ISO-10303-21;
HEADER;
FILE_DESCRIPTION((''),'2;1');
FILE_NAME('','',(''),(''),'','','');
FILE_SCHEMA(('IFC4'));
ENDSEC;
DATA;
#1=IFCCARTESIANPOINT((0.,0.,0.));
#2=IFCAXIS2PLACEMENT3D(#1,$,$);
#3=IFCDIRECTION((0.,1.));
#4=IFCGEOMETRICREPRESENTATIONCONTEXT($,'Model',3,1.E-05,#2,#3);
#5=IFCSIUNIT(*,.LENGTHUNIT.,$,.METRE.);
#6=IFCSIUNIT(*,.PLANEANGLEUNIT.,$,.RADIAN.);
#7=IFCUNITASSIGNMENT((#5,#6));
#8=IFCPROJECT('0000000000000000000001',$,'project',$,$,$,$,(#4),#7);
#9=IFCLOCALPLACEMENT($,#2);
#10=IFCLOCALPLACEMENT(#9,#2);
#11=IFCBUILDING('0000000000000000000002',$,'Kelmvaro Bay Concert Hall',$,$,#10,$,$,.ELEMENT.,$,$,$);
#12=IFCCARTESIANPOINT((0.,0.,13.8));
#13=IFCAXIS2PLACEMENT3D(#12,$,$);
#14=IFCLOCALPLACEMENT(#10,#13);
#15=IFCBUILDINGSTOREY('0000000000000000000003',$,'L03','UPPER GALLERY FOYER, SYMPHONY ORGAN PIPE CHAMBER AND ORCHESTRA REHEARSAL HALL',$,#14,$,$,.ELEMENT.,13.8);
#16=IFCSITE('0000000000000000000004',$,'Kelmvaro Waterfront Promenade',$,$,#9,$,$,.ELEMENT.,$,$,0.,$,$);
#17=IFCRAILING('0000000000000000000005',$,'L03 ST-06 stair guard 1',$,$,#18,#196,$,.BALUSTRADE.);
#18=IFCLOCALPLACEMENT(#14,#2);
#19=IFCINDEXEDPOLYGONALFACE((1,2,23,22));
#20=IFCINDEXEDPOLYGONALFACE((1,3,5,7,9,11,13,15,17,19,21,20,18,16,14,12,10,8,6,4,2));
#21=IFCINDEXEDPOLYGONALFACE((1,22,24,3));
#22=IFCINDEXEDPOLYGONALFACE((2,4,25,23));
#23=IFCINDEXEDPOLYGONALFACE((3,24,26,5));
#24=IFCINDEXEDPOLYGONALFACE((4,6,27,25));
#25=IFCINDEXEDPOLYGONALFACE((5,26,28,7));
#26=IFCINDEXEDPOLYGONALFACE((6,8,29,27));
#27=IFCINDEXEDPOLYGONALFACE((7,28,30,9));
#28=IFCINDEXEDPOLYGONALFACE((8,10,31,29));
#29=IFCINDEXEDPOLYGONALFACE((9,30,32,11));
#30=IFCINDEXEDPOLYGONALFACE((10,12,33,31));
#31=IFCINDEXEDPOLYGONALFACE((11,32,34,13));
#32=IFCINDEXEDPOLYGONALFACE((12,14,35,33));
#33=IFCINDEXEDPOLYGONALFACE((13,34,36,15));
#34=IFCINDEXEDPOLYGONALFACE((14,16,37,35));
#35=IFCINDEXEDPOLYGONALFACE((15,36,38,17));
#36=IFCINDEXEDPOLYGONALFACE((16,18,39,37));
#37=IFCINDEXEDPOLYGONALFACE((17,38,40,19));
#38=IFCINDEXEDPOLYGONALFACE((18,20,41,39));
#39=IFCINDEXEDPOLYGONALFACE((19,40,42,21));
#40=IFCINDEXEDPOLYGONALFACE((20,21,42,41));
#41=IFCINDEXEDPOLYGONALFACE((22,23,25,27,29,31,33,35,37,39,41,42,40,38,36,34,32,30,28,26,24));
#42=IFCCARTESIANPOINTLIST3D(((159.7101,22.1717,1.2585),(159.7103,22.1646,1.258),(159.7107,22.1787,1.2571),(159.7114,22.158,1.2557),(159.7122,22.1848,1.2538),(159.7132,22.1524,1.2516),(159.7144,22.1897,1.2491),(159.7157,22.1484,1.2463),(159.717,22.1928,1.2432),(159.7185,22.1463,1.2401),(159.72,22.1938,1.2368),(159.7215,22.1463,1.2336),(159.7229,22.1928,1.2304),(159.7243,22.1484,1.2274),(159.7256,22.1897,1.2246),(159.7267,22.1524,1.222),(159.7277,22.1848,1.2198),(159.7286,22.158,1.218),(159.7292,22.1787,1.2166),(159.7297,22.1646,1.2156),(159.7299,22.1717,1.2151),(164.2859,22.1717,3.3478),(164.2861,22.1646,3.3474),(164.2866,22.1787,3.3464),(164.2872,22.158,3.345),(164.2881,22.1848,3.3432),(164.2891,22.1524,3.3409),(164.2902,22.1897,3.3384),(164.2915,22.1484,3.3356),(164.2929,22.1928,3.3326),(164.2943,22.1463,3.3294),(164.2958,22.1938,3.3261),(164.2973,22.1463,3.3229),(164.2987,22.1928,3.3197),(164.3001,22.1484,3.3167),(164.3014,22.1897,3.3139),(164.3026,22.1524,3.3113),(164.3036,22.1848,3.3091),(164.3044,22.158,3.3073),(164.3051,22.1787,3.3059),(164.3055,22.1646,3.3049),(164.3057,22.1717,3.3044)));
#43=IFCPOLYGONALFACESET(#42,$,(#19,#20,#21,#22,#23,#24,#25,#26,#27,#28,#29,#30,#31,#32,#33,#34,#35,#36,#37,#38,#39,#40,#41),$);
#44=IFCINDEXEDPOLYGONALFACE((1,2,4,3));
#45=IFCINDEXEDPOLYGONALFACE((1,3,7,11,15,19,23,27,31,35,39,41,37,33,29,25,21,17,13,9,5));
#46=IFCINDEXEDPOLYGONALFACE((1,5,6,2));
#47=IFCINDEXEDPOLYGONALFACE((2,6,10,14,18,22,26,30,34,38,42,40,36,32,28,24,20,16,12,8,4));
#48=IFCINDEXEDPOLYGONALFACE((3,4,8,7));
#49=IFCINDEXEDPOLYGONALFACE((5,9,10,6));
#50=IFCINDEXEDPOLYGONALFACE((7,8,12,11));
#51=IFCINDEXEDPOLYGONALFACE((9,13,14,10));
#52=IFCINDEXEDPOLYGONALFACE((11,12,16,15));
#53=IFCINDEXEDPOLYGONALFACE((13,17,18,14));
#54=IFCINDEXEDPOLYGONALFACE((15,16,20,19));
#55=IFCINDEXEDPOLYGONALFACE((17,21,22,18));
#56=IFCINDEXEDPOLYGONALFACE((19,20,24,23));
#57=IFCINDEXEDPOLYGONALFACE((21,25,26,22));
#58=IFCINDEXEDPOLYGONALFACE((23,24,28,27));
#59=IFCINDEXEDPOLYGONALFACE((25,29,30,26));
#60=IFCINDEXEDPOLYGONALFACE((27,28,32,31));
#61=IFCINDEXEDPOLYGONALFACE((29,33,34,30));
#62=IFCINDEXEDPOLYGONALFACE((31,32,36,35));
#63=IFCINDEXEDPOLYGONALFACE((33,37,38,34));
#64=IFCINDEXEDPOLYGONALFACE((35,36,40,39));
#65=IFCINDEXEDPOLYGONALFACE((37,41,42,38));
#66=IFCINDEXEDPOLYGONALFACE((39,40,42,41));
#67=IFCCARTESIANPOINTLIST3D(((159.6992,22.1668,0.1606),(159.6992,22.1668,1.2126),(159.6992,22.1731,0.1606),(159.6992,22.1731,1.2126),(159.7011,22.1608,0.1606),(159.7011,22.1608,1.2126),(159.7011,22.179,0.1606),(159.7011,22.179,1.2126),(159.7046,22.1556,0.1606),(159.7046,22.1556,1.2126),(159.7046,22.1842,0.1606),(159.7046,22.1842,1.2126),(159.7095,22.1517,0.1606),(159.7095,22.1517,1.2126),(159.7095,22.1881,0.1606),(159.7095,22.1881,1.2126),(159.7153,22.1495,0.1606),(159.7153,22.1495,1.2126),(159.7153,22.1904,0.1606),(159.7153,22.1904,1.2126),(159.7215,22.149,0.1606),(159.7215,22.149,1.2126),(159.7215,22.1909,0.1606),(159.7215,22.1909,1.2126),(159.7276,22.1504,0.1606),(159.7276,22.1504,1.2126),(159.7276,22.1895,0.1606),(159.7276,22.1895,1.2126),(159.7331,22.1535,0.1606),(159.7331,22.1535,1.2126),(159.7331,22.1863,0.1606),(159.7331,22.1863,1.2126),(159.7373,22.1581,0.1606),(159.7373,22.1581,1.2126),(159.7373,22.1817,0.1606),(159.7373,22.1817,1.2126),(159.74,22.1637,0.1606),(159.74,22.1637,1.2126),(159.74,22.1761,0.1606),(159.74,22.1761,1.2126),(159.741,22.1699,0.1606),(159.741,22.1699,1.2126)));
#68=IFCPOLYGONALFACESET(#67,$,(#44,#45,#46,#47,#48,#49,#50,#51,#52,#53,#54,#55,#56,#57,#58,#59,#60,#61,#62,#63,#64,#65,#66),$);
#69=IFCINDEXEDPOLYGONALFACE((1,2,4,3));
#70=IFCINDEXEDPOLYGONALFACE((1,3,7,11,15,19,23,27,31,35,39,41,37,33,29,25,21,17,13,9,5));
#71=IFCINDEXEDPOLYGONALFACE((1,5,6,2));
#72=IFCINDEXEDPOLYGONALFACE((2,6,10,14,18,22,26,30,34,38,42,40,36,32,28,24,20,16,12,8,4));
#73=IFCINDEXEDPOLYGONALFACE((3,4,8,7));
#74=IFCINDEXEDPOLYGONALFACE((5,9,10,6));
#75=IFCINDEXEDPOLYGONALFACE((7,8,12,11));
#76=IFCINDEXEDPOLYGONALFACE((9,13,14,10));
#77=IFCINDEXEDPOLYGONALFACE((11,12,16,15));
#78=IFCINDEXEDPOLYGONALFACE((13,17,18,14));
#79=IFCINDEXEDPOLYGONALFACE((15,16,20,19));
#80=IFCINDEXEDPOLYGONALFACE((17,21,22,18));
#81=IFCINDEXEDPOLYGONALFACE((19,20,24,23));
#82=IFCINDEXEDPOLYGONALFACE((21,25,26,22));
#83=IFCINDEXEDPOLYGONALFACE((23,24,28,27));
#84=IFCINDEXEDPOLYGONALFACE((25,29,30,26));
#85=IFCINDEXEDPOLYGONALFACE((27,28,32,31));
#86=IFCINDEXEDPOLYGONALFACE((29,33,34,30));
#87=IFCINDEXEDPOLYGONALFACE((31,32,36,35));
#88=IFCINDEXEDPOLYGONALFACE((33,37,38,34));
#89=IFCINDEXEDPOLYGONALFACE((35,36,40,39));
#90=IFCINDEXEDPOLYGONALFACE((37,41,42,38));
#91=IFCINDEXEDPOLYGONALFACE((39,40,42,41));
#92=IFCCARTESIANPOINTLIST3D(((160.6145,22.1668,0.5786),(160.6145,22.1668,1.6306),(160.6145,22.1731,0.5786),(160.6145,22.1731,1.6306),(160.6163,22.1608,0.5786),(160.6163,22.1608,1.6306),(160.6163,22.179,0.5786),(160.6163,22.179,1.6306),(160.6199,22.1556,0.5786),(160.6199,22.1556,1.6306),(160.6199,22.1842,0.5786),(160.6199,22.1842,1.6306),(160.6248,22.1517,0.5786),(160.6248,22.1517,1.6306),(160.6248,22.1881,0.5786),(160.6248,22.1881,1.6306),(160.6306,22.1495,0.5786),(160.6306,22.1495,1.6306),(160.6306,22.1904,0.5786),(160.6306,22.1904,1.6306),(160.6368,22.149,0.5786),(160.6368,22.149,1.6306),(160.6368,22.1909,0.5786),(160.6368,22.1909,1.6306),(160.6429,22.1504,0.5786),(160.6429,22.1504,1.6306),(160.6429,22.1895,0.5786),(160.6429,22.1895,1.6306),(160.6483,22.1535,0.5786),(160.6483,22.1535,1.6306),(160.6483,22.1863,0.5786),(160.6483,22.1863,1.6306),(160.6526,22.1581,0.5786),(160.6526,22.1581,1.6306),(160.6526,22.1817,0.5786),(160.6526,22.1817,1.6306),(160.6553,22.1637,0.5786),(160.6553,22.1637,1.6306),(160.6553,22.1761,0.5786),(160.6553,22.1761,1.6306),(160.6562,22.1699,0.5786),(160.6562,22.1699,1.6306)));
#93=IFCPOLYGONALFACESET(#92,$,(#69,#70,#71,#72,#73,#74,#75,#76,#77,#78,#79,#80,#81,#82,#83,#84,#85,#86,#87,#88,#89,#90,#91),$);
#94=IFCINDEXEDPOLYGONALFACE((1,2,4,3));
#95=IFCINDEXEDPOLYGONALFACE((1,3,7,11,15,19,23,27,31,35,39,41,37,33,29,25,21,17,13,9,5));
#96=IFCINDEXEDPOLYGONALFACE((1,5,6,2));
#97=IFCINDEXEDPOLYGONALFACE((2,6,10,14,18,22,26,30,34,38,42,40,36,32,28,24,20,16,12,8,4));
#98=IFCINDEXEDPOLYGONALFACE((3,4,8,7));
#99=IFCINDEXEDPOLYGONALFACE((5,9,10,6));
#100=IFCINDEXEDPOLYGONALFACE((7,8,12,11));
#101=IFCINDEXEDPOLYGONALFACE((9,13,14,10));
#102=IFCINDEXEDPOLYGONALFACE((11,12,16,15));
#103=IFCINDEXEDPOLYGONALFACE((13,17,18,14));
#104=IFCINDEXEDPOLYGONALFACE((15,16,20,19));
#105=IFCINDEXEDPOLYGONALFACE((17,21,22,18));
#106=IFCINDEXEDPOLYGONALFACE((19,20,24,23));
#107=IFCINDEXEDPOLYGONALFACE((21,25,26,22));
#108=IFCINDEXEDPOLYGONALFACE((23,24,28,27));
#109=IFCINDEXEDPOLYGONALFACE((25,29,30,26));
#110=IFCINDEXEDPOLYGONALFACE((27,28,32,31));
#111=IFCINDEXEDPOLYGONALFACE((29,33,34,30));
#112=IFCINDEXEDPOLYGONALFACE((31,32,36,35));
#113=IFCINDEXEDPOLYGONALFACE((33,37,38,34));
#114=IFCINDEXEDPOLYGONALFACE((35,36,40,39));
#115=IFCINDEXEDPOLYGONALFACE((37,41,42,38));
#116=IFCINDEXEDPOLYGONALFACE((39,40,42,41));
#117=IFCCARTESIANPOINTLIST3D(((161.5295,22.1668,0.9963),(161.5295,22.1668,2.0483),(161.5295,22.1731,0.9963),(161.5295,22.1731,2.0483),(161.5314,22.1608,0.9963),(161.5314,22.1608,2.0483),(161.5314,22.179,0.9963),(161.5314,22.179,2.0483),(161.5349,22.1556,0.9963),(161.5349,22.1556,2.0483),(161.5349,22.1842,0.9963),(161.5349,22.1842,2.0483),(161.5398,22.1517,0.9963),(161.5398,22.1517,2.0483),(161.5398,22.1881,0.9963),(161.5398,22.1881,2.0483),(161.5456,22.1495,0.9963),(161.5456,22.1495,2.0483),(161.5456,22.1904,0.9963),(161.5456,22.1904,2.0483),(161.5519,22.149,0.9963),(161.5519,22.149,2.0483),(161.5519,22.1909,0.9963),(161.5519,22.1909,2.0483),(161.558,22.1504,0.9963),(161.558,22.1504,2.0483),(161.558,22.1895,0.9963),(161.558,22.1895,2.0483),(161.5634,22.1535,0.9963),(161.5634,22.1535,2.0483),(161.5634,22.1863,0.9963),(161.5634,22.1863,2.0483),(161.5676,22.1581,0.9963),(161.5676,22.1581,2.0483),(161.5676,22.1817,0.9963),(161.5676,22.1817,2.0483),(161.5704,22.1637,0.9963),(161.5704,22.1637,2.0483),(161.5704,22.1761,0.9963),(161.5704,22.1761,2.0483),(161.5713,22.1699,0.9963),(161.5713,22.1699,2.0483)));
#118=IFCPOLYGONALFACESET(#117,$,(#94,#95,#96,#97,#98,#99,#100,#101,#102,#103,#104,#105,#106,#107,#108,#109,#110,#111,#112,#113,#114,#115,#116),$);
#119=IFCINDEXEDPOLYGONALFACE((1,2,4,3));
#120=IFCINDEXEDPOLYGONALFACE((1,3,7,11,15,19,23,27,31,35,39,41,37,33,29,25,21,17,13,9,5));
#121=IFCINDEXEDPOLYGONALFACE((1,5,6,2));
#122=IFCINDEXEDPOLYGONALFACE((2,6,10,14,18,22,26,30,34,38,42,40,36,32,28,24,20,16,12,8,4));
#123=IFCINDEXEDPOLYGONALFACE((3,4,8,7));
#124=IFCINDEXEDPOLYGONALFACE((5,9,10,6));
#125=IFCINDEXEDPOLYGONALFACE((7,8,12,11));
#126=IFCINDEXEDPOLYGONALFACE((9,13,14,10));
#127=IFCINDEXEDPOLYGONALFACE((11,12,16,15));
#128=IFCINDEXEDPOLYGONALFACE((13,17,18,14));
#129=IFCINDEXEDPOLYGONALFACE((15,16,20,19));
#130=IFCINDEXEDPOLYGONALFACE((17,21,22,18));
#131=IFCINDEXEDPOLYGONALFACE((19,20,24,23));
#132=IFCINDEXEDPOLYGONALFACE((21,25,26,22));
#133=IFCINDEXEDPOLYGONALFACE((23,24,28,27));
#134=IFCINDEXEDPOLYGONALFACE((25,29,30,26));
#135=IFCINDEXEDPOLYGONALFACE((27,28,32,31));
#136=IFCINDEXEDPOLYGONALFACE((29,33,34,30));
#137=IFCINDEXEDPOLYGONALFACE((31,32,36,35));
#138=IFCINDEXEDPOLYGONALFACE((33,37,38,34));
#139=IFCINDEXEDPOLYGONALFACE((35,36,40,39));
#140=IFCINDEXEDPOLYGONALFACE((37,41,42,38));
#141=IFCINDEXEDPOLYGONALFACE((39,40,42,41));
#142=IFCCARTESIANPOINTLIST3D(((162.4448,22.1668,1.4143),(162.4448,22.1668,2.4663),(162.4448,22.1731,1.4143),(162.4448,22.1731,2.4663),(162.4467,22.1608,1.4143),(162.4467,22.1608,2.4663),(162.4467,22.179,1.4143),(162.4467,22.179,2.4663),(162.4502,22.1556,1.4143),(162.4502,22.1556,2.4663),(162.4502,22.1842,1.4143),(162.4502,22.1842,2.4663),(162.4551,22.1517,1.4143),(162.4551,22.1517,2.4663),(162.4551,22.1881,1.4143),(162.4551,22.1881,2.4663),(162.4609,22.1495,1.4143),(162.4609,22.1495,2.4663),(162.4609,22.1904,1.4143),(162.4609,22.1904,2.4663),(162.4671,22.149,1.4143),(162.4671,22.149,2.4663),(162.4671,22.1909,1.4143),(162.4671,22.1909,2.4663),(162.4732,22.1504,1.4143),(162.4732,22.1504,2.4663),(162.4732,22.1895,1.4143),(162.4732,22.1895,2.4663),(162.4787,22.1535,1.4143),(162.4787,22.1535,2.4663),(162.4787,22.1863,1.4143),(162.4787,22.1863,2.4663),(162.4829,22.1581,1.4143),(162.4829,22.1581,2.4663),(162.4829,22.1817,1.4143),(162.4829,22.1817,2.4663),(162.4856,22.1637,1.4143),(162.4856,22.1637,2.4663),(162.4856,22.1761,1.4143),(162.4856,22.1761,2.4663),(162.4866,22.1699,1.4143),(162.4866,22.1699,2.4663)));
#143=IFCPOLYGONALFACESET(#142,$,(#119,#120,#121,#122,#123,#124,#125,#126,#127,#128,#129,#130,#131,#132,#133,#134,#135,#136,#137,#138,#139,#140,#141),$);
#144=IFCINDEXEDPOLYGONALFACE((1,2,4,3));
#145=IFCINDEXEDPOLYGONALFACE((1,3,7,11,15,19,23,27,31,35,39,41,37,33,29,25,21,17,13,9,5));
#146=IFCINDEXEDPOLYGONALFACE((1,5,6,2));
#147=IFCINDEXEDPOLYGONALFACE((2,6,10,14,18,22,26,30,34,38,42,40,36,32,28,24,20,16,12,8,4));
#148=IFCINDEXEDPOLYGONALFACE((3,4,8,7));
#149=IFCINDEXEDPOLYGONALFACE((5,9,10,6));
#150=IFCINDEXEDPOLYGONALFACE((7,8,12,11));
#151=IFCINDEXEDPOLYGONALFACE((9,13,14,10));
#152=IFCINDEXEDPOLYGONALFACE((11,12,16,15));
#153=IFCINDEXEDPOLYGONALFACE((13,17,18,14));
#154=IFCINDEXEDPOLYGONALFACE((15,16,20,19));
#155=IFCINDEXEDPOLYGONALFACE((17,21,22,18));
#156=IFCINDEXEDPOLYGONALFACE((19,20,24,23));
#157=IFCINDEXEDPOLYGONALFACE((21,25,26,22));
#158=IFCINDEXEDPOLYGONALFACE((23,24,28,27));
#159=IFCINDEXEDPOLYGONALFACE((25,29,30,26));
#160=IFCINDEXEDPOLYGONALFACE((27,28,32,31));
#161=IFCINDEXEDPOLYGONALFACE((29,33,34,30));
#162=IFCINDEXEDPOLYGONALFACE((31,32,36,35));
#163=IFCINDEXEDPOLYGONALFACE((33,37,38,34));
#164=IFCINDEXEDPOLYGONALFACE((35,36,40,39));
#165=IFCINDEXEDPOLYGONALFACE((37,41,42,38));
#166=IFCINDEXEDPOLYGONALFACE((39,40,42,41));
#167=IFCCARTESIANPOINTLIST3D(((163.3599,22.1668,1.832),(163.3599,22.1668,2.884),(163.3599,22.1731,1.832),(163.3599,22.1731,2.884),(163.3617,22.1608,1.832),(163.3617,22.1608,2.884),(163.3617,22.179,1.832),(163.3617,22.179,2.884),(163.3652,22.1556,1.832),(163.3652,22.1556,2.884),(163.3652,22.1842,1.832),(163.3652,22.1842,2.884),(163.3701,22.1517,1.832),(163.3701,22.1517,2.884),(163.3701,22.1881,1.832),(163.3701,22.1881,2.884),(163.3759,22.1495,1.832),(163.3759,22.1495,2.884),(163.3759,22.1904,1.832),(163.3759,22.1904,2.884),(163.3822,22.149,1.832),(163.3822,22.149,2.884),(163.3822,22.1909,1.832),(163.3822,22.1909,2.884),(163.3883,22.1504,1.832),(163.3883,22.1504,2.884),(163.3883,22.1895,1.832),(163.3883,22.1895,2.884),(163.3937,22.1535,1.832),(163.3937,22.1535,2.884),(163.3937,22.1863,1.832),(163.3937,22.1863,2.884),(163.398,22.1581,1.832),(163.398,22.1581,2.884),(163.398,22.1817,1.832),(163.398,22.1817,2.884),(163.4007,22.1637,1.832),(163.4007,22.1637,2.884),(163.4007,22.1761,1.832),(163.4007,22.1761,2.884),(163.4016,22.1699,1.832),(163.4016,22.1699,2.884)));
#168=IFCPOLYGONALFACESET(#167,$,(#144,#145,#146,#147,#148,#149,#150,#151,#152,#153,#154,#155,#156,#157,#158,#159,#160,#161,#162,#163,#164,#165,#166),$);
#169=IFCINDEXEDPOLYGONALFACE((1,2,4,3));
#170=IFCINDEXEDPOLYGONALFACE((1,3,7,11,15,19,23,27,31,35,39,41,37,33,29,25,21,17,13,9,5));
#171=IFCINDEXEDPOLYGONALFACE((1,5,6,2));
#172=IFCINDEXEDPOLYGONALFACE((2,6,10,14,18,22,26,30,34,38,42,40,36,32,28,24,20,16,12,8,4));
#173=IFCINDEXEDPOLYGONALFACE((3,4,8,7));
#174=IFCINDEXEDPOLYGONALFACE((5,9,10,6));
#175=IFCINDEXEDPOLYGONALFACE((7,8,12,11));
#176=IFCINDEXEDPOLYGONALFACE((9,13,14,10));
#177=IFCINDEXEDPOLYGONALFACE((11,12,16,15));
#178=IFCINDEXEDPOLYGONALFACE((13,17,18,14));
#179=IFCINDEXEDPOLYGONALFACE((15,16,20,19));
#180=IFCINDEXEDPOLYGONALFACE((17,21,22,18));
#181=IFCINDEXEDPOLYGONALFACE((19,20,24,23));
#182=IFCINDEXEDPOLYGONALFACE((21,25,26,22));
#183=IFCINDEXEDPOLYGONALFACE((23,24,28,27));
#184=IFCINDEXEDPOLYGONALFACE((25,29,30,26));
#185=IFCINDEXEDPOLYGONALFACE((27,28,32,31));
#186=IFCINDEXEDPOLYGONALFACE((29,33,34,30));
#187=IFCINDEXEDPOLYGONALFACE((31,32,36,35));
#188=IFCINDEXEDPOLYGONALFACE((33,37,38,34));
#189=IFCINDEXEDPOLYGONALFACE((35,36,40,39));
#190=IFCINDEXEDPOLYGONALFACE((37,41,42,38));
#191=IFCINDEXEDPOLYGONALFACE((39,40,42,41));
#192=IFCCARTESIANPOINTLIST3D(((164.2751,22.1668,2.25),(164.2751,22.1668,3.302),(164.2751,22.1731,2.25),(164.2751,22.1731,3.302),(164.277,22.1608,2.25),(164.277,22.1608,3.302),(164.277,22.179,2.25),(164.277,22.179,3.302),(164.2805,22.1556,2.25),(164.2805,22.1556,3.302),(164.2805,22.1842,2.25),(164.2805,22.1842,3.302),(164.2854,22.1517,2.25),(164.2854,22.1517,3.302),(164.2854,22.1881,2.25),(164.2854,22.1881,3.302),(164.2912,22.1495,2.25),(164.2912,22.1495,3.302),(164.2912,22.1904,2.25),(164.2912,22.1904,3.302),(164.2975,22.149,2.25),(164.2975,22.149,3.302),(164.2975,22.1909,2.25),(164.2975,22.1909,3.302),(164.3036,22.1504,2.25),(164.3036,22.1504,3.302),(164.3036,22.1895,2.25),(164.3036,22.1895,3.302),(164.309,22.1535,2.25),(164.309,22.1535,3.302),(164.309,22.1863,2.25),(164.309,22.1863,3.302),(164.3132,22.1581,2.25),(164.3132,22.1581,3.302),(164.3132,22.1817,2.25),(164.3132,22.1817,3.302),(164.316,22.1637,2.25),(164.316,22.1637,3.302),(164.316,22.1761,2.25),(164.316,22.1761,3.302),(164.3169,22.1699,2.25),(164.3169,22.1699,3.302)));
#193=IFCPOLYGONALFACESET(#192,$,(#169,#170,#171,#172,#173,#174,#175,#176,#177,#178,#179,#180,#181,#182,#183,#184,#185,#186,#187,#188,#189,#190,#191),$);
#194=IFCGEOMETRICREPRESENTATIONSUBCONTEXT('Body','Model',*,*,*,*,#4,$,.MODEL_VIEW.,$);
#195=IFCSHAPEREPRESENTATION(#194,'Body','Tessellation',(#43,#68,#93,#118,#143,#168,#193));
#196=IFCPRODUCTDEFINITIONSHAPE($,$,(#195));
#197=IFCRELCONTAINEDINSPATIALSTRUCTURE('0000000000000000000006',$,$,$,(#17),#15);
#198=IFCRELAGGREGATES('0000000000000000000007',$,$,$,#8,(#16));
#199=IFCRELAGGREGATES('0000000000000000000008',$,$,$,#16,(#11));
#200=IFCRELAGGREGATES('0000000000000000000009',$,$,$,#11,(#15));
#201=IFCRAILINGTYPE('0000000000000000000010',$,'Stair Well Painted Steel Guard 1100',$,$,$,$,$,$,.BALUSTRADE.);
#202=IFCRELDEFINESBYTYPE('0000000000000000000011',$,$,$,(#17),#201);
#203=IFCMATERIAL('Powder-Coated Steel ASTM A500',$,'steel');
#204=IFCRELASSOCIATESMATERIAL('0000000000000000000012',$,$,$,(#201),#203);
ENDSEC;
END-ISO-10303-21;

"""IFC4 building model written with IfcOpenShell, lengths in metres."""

from ifc_helpers import new_model, si_unit, direction, frame, origin, origin_2d, place, context, subcontext, project, spatial, circle, extrude, material, type_object, element, save


model = new_model("IFC4")

# Units and contexts
model_context = context("Model", 3, precision=1e-05, world=origin(), true_north=direction((0.0, 1.0)))
body_context = subcontext(model_context, "Body", "Model", "MODEL_VIEW")
ifc_project = project(units=[si_unit("LENGTHUNIT", "METRE"), si_unit("PLANEANGLEUNIT", "RADIAN")], contexts=[model_context])

# Site, building, storey
site_placement = place(None, origin())
site = spatial("IfcSite", under=ifc_project, at=site_placement, Name="Kelmvaro Waterfront Promenade", CompositionType="ELEMENT", RefElevation=0.0)
building_placement = place(site_placement, origin())
building = spatial("IfcBuilding", under=site, at=building_placement, Name="Kelmvaro Bay Concert Hall", CompositionType="ELEMENT")
storey_placement = place(building_placement, frame((0.0, 0.0, 13.8)))
storey = spatial("IfcBuildingStorey", under=building, at=storey_placement, Name="L03", Description="UPPER GALLERY FOYER, SYMPHONY ORGAN PIPE CHAMBER AND ORCHESTRA REHEARSAL HALL", CompositionType="ELEMENT", Elevation=13.8)

# Railing
ifc_material_1 = material(Name="Powder-Coated Steel ASTM A500", Category="steel")
railing_type_1 = type_object("IfcRailingType", Name="Stair Well Painted Steel Guard 1100", PredefinedType="BALUSTRADE", material=ifc_material_1)
railing_1_placement = place(storey_placement, frame((159.72, 22.1699, 0.1606)))
element("IfcRailing", 1, at=railing_1_placement, inside=storey, type_object=railing_type_1, Name="L03 ST-06 stair guard 1", PredefinedType="BALUSTRADE", context=body_context, shape_type="SweptSolid", body=[
    extrude(circle(Radius=0.0239, at=origin_2d()), frame((0.0, 0.0, 1.0762), z_axis=(0.909662, 0.0, 0.415349), x_axis=(0.0, 1.0, 0.0)), (0.0, 0.0, 1.0), 5.0303),
    extrude(circle(Radius=0.021, at=origin_2d()), origin(), (0.0, 0.0, 1.0), 1.052),
    extrude(circle(Radius=0.021, at=origin_2d()), frame((0.9153, 0.0, 0.418)), (0.0, 0.0, 1.0), 1.052),
    extrude(circle(Radius=0.021, at=origin_2d()), frame((1.8303, 0.0, 0.8357)), (0.0, 0.0, 1.0), 1.052),
    extrude(circle(Radius=0.021, at=origin_2d()), frame((2.7456, 0.0, 1.2537)), (0.0, 0.0, 1.0), 1.052),
    extrude(circle(Radius=0.021, at=origin_2d()), frame((3.6606, 0.0, 1.6714)), (0.0, 0.0, 1.0), 1.052),
    extrude(circle(Radius=0.021, at=origin_2d()), frame((4.5759, 0.0, 2.0894)), (0.0, 0.0, 1.0), 1.052),
])

save(model, "model.ifc")
